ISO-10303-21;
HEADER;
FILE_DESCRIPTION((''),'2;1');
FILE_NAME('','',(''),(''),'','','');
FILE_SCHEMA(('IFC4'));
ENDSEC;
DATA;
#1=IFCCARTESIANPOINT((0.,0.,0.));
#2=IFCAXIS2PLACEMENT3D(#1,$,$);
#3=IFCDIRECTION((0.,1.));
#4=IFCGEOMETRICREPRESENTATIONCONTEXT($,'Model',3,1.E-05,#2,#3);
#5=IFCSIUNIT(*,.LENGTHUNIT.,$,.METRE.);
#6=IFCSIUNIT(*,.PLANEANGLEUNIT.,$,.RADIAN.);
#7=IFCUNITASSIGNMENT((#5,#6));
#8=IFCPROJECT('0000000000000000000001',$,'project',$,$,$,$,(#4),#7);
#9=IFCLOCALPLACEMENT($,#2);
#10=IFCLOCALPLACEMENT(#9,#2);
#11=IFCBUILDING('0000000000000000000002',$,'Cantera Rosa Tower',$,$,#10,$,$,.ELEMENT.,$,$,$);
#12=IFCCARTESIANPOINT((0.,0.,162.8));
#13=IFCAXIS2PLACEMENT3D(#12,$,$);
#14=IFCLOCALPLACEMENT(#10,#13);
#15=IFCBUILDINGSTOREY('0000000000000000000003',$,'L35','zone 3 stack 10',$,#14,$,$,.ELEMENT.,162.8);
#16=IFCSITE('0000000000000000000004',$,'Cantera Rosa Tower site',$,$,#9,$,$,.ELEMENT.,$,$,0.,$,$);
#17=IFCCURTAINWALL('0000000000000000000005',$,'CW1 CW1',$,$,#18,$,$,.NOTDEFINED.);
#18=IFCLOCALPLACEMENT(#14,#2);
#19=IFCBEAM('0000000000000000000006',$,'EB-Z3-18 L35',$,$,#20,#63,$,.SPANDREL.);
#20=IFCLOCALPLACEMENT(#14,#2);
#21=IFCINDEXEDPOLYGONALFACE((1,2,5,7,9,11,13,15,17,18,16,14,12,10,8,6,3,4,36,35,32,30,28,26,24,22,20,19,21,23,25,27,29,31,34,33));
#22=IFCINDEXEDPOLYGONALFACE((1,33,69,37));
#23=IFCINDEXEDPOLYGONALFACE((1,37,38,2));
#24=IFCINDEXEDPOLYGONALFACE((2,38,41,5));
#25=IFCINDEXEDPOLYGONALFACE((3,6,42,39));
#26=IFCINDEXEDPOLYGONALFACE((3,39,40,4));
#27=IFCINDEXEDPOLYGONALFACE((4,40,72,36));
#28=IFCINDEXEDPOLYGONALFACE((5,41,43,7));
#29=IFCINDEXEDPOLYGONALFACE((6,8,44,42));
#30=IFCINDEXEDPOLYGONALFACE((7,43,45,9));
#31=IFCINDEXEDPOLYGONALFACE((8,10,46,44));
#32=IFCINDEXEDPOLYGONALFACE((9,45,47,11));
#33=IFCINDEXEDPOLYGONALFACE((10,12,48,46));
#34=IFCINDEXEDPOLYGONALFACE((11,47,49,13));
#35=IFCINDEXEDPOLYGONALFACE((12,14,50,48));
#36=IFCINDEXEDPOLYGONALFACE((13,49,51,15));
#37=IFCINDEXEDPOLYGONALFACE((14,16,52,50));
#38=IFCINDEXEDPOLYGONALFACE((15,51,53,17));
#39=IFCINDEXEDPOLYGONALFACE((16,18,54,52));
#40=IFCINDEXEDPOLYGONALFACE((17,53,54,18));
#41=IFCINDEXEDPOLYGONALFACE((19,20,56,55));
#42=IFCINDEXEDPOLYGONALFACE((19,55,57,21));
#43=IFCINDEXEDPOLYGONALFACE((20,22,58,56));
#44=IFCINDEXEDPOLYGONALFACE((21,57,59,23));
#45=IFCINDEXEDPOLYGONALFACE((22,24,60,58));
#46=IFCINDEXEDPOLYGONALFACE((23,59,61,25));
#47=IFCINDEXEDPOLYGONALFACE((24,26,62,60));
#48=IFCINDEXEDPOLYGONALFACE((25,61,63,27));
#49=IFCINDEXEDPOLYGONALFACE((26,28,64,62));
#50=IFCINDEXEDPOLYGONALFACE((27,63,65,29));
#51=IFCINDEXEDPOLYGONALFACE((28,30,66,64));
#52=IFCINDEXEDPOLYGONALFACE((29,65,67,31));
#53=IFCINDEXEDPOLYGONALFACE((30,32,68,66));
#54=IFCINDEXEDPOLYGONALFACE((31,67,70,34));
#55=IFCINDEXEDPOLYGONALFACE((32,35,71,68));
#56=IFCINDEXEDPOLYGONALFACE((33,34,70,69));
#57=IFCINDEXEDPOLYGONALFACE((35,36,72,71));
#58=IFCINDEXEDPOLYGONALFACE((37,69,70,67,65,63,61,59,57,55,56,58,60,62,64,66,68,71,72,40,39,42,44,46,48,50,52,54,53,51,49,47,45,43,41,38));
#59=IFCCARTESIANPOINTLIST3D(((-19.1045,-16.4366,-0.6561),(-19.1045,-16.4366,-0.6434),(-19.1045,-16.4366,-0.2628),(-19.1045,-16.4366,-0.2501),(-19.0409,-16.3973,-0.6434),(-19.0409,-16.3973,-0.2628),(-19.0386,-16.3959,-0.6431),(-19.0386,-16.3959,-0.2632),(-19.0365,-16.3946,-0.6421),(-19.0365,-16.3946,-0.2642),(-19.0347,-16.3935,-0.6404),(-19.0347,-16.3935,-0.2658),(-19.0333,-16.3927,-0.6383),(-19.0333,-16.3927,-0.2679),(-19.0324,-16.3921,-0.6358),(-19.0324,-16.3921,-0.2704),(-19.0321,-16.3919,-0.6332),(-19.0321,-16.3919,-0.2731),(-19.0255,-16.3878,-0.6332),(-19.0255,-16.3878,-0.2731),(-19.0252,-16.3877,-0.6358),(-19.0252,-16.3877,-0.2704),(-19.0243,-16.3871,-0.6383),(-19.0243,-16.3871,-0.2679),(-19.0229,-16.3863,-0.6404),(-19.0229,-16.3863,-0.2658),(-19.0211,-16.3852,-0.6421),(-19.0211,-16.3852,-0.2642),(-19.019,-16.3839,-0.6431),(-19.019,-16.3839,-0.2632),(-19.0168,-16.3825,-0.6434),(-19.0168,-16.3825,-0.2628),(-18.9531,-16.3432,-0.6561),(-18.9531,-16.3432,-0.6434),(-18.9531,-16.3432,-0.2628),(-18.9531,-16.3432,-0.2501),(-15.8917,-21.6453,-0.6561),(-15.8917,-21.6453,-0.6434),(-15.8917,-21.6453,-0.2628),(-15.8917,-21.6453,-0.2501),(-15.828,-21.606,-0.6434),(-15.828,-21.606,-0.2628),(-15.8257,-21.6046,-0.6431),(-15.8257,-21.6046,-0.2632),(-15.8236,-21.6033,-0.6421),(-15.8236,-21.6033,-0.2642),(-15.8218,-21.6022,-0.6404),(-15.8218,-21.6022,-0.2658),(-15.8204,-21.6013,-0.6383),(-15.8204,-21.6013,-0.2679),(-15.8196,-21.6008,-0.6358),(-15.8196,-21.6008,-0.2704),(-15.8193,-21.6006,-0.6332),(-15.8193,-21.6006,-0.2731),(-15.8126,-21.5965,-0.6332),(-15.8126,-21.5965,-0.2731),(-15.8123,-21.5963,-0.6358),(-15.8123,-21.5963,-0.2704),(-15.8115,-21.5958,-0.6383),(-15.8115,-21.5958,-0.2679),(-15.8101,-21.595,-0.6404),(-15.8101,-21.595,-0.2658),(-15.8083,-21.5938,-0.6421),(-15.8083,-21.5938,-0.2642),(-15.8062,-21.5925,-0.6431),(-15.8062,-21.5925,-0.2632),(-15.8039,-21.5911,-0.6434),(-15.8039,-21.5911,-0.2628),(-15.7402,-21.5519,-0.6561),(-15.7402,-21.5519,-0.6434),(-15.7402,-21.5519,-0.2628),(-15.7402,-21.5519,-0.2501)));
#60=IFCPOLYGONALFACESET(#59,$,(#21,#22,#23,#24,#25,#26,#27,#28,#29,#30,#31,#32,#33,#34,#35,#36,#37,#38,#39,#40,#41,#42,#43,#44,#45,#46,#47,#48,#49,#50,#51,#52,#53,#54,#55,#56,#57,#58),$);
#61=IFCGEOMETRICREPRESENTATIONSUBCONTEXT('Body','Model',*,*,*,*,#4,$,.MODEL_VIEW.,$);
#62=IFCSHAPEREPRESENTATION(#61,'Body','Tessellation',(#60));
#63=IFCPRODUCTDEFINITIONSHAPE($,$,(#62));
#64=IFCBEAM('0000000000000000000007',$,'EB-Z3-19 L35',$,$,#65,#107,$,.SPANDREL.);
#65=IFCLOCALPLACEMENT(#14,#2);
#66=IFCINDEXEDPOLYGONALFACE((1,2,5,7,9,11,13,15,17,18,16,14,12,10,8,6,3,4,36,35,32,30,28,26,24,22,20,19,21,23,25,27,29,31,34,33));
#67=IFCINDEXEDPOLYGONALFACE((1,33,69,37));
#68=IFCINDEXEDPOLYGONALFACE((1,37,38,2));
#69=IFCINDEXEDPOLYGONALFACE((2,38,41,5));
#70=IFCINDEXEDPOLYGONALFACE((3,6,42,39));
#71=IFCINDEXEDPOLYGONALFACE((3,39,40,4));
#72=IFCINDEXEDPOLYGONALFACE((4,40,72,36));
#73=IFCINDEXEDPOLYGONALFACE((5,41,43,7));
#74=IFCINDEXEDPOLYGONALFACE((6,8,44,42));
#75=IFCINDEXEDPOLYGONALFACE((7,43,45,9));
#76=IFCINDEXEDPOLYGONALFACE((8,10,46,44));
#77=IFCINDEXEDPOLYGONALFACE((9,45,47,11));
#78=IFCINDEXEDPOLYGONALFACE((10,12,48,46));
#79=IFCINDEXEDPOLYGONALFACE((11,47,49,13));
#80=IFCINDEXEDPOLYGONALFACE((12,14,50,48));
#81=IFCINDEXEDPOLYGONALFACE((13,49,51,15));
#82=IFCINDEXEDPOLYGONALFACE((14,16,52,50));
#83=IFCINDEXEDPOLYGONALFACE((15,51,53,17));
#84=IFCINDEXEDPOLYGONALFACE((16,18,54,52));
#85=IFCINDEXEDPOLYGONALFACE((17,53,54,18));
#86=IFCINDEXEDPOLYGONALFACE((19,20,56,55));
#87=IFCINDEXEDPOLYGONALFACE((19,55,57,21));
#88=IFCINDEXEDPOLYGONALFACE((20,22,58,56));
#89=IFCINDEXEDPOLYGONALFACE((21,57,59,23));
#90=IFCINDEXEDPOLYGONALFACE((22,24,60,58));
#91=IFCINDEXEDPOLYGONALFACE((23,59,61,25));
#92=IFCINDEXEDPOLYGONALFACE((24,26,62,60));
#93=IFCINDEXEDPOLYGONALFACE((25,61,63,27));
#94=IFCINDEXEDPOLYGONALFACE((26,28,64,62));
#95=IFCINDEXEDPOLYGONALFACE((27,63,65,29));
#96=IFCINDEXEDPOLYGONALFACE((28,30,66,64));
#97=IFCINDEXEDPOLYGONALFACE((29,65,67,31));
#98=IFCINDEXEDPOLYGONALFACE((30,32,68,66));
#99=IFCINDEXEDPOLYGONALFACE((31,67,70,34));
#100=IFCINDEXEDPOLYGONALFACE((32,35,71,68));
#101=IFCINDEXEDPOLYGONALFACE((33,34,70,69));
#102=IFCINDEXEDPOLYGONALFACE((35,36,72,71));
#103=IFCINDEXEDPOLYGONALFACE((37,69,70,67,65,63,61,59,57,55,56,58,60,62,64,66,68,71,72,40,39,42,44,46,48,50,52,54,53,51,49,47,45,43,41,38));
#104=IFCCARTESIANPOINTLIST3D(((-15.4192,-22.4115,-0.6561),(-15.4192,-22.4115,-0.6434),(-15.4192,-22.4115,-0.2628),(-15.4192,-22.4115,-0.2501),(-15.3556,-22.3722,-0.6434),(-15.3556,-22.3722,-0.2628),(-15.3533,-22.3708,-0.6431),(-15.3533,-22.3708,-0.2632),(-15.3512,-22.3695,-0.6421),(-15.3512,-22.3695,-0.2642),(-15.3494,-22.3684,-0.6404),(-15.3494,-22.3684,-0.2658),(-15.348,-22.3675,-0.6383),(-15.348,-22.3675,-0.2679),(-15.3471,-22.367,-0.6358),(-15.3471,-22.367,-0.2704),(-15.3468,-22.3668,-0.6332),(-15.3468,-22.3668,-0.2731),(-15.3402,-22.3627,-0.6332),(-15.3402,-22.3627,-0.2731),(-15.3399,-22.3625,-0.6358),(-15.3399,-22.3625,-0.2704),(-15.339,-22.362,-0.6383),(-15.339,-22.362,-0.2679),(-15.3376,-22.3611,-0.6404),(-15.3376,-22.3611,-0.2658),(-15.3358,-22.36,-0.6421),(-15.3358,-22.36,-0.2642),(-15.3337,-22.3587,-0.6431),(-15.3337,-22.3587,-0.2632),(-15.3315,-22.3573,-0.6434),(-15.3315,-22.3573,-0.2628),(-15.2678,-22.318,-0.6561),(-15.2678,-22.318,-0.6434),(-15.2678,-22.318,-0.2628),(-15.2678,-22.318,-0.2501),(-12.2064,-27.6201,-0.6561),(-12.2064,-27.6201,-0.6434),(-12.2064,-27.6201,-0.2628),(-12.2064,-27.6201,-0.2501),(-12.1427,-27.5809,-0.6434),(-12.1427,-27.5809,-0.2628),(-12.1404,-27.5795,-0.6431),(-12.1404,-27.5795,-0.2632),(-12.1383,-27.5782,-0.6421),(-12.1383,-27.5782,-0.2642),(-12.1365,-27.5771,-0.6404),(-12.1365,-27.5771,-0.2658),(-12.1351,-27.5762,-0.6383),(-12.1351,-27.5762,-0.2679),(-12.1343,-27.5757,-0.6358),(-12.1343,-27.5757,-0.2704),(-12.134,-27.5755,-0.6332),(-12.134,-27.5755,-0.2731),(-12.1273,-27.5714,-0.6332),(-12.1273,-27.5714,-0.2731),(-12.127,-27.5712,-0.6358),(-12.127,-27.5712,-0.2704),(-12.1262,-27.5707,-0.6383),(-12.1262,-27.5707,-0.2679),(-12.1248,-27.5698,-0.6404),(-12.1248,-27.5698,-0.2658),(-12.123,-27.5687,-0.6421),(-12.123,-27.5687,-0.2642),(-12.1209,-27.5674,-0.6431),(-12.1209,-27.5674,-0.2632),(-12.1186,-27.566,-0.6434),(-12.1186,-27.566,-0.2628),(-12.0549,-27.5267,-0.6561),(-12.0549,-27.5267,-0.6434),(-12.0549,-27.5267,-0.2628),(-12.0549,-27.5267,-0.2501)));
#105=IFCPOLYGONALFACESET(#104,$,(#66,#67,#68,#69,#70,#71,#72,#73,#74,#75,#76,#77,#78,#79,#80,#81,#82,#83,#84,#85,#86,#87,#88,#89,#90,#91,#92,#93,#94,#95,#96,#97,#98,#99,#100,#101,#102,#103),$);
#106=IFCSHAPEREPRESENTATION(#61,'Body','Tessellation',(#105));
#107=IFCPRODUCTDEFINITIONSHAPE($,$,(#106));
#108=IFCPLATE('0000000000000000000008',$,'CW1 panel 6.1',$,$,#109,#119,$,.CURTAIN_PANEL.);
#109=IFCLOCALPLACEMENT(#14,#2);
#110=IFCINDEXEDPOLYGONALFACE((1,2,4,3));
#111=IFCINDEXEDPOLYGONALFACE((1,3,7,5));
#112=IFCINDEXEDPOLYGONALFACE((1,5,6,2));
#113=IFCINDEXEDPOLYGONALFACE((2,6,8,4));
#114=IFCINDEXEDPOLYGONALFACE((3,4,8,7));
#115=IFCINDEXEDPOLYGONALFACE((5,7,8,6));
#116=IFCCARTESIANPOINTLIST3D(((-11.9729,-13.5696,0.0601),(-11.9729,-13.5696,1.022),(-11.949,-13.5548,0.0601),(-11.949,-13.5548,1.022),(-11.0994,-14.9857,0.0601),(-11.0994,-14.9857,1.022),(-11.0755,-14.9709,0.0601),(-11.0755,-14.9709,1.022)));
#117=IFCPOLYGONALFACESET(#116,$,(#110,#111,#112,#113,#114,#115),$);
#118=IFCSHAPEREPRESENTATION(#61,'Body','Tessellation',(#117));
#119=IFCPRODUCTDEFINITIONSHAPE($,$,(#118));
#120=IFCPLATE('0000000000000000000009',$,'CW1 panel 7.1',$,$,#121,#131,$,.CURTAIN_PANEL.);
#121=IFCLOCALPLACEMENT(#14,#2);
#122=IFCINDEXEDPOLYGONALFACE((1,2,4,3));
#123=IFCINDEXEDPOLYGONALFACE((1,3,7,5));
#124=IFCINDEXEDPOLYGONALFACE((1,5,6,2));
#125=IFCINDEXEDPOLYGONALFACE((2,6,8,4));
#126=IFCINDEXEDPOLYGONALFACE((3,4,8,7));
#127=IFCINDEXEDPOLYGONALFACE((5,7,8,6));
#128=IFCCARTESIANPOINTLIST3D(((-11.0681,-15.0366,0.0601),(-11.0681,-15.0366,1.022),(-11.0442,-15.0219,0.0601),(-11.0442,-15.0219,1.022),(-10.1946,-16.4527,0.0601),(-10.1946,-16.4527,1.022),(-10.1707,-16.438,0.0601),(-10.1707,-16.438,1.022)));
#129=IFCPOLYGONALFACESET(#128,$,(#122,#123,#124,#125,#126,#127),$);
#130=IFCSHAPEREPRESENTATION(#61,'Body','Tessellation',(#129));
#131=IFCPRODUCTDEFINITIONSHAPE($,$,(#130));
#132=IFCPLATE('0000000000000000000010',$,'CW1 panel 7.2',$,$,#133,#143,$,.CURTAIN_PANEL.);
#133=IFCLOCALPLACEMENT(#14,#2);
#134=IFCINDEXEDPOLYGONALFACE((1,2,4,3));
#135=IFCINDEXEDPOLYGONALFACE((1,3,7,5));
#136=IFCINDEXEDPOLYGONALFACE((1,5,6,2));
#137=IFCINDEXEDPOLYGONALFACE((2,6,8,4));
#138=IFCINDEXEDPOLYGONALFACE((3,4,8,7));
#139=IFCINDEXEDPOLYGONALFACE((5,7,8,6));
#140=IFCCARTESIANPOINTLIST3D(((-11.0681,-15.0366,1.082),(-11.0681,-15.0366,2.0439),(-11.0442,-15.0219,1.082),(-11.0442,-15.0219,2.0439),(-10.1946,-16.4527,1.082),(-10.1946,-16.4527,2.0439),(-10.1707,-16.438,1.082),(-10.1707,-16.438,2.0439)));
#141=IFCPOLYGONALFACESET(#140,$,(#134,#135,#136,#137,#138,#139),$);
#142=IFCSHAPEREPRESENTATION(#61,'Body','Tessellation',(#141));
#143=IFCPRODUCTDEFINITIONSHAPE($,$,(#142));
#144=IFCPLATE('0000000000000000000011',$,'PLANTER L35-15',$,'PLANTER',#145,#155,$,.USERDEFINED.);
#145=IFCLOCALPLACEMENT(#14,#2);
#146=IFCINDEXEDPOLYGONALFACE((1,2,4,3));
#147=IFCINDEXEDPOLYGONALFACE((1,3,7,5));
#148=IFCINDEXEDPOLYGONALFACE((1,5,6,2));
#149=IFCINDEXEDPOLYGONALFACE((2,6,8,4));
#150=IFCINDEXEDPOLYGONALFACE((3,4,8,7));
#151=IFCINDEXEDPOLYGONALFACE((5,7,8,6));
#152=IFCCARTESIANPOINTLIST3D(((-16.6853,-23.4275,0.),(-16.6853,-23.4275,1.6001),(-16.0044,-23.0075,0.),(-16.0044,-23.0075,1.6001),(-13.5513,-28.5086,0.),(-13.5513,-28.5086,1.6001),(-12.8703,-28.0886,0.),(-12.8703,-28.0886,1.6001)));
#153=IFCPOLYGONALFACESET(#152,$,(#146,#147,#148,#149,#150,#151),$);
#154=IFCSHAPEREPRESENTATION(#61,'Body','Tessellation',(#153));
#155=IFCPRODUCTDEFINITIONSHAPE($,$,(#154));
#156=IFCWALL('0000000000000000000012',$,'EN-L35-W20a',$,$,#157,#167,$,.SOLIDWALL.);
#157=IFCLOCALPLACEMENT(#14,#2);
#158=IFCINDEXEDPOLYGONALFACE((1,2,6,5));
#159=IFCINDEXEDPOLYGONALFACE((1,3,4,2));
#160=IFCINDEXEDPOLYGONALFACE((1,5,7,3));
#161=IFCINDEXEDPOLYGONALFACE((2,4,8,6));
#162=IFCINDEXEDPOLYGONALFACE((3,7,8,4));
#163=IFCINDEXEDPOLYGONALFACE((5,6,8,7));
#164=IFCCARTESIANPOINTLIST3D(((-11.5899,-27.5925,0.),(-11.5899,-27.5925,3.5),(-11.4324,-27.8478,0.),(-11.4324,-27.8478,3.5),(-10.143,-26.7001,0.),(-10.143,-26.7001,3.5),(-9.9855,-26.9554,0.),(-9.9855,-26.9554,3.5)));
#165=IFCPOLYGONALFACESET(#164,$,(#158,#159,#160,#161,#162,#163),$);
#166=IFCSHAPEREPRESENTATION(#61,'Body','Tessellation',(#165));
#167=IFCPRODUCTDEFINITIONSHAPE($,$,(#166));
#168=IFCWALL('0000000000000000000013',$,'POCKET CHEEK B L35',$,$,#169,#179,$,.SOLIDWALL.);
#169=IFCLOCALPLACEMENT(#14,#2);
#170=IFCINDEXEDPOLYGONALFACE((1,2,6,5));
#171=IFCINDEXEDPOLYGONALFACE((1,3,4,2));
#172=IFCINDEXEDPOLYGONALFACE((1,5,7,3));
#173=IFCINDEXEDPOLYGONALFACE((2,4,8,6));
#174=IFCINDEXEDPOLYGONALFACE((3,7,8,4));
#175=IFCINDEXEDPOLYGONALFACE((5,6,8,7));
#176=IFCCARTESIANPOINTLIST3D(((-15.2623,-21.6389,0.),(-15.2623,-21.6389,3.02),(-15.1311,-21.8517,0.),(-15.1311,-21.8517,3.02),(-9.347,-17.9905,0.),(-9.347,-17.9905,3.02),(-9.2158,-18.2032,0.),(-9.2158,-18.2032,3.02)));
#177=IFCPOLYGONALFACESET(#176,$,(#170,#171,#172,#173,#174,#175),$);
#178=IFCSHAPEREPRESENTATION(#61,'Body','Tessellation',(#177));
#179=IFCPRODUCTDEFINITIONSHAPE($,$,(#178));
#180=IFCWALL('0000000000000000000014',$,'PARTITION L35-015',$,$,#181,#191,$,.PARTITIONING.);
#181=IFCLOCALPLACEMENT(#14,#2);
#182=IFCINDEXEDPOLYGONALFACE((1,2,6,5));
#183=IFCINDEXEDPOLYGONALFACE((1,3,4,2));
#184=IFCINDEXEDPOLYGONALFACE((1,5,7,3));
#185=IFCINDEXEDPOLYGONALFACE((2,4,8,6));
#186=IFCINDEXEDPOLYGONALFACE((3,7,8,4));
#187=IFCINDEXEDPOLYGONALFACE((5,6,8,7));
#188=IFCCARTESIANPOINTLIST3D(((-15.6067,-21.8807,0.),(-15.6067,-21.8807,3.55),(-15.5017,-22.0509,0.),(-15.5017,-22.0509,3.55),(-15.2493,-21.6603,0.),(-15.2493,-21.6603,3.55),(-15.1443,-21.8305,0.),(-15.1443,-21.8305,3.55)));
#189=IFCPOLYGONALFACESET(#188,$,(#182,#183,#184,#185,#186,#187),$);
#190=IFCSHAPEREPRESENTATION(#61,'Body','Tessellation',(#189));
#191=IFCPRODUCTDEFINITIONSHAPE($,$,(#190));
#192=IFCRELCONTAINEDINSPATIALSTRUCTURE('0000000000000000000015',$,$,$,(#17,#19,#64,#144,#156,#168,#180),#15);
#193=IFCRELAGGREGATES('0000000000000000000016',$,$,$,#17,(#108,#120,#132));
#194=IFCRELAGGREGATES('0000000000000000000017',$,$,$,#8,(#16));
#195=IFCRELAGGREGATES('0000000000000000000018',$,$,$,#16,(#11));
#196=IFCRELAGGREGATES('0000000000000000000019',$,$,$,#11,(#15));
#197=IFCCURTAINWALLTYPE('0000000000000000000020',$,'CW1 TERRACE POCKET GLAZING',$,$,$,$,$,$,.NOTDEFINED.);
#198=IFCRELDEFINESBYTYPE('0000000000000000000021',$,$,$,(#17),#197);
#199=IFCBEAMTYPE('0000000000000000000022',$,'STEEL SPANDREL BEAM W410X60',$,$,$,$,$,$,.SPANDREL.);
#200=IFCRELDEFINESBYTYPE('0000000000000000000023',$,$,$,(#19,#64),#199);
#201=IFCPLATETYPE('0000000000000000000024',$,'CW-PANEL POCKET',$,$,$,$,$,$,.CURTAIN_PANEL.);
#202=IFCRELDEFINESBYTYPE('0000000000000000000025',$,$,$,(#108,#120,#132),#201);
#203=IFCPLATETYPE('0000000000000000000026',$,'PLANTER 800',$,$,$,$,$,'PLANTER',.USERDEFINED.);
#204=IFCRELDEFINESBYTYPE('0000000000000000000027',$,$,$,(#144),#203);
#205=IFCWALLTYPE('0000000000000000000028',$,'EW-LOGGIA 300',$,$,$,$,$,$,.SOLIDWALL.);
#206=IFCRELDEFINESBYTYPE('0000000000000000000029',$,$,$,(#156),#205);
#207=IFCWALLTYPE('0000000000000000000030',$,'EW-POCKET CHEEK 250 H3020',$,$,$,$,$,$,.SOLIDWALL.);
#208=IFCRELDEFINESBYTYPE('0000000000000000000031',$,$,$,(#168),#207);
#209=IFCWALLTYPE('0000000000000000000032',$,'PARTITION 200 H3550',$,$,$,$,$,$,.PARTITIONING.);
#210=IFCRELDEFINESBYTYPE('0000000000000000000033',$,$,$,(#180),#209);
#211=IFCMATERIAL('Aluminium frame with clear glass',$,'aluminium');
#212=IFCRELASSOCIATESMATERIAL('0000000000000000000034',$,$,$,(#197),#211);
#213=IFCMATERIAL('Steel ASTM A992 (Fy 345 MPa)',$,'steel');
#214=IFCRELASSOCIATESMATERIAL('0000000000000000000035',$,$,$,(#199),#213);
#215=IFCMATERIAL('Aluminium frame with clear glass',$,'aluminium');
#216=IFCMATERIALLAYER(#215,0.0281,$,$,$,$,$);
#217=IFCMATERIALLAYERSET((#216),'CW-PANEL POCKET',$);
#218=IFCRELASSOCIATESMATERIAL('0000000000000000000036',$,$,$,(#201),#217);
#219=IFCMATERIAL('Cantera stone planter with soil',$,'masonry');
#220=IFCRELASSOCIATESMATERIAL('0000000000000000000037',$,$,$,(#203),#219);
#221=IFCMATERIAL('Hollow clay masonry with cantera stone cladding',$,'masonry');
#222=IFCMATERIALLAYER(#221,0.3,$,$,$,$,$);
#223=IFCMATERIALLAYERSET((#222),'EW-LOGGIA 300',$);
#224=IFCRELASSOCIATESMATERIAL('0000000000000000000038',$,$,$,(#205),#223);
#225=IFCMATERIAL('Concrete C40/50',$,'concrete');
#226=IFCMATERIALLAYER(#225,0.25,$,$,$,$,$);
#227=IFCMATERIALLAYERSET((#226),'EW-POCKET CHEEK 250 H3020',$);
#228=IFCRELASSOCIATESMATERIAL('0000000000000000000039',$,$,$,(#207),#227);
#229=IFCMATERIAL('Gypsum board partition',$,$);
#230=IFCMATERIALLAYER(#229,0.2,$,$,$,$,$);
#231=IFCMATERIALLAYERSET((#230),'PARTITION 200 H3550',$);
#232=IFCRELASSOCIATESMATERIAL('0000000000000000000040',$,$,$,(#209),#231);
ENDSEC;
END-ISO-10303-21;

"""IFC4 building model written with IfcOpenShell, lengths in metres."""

from ifc_helpers import new_model, si_unit, direction, frame, frame_2d, origin, origin_2d, place, context, subcontext, project, spatial, rectangle, i_section, extrude, material, layer, layer_set, material_profile, profile_set, type_object, element, aggregate, save


model = new_model("IFC4")

# Units and contexts
model_context = context("Model", 3, precision=1e-05, world=origin(), true_north=direction((0.0, 1.0)))
body_context = subcontext(model_context, "Body", "Model", "MODEL_VIEW")
ifc_project = project(units=[si_unit("LENGTHUNIT", "METRE"), si_unit("PLANEANGLEUNIT", "RADIAN")], contexts=[model_context])

# Site, building, storey
site_placement = place(None, origin())
site = spatial("IfcSite", under=ifc_project, at=site_placement, Name="Cantera Rosa Tower site", CompositionType="ELEMENT", RefElevation=0.0)
building_placement = place(site_placement, origin())
building = spatial("IfcBuilding", under=site, at=building_placement, Name="Cantera Rosa Tower", CompositionType="ELEMENT")
storey_placement = place(building_placement, frame((0.0, 0.0, 162.8)))
storey = spatial("IfcBuildingStorey", under=building, at=storey_placement, Name="L35", Description="zone 3 stack 10", CompositionType="ELEMENT", Elevation=162.8)

# Curtain wall
ifc_material_1 = material(Name="Aluminium frame with clear glass", Category="aluminium")
curtain_wall_type = type_object("IfcCurtainWallType", Name="CW1 TERRACE POCKET GLAZING", PredefinedType="NOTDEFINED", material=ifc_material_1)
curtain_wall_placement = place(storey_placement, origin())
curtain_wall = element("IfcCurtainWall", 1, at=curtain_wall_placement, inside=storey, type_object=curtain_wall_type, Name="CW1 CW1", PredefinedType="NOTDEFINED")

# Beams
ifc_material_2 = material(Name="Steel ASTM A992 (Fy 345 MPa)", Category="steel")
ifc_material_profile_1 = material_profile(ifc_material_2, i_section(OverallWidth=0.178, OverallDepth=0.406, WebThickness=0.0078, FlangeThickness=0.0127, FilletRadius=0.0103, at=origin_2d()), Name="W410X60")
ifc_profile_set_1 = profile_set([ifc_material_profile_1], Name="Steel ASTM A992 (Fy 345 MPa)")
beam_type_1 = type_object("IfcBeamType", Name="STEEL SPANDREL BEAM W410X60", PredefinedType="SPANDREL", material=ifc_profile_set_1)
for number, where, z_axis, x_axis, name in (
    (2, (-19.0288, -16.3899, -0.4531), (0.524987, -0.85111, 0.0), (0.85111, 0.524987, 0.0), "EB-Z3-18 L35"),
    (3, (-15.3435, -22.3647, -0.4531), (0.524987, -0.85111, 0.0), (0.85111, 0.524987, 0.0), "EB-Z3-19 L35"),
):
    element("IfcBeam", number, at=place(storey_placement, frame(where, z_axis=z_axis, x_axis=x_axis)), inside=storey, type_object=beam_type_1, Name=name, PredefinedType="SPANDREL", context=body_context, shape_type="SweptSolid", body=[
        extrude(i_section(OverallWidth=0.178, OverallDepth=0.406, WebThickness=0.0078, FlangeThickness=0.0127, FilletRadius=0.0103, at=origin_2d()), origin(), (0.0, 0.0, 1.0), 6.1199),
    ])

# Plates
ifc_material_3 = material(Name="Aluminium frame with clear glass", Category="aluminium")
ifc_layer_1 = layer(ifc_material_3, 0.0281)
ifc_layer_set_1 = layer_set([ifc_layer_1], Name="CW-PANEL POCKET")
plate_type_1 = type_object("IfcPlateType", Name="CW-PANEL POCKET", PredefinedType="CURTAIN_PANEL", material=ifc_layer_set_1)
plate_1_placement = place(storey_placement, frame((-11.5242, -14.2703, 0.0601), z_axis=(0.0, 0.0, 1.0), x_axis=(0.524977, -0.851117, 0.0)))
plate_1 = element("IfcPlate", 4, at=plate_1_placement, type_object=plate_type_1, Name="CW1 panel 6.1", PredefinedType="CURTAIN_PANEL", context=body_context, shape_type="SweptSolid", body=[
    extrude(rectangle(XDim=1.6638, YDim=0.0281, at=origin_2d()), origin(), (0.0, 0.0, 1.0), 0.9619),
])
plate_2_placement = place(storey_placement, frame((-10.6194, -15.7373, 0.0601), z_axis=(0.0, 0.0, 1.0), x_axis=(0.524977, -0.851117, 0.0)))
plate_2 = element("IfcPlate", 5, at=plate_2_placement, type_object=plate_type_1, Name="CW1 panel 7.1", PredefinedType="CURTAIN_PANEL", context=body_context, shape_type="SweptSolid", body=[
    extrude(rectangle(XDim=1.6638, YDim=0.0281, at=origin_2d()), origin(), (0.0, 0.0, 1.0), 0.9619),
])
plate_3_placement = place(storey_placement, frame((-10.6194, -15.7373, 1.082), z_axis=(0.0, 0.0, 1.0), x_axis=(0.524977, -0.851117, 0.0)))
plate_3 = element("IfcPlate", 6, at=plate_3_placement, type_object=plate_type_1, Name="CW1 panel 7.2", PredefinedType="CURTAIN_PANEL", context=body_context, shape_type="SweptSolid", body=[
    extrude(rectangle(XDim=1.6638, YDim=0.0281, at=origin_2d()), origin(), (0.0, 0.0, 1.0), 0.9619),
])
aggregate(curtain_wall, [plate_1, plate_2, plate_3])
ifc_material_4 = material(Name="Cantera stone planter with soil", Category="masonry")
plate_type_2 = type_object("IfcPlateType", Name="PLANTER 800", ElementType="PLANTER", PredefinedType="USERDEFINED", material=ifc_material_4)
plate_4_placement = place(storey_placement, frame((-14.7778, -25.7581, 0.0), z_axis=(0.0, 0.0, 1.0), x_axis=(0.524977, -0.851117, 0.0)))
element("IfcPlate", 7, at=plate_4_placement, inside=storey, type_object=plate_type_2, Name="PLANTER L35-15", ObjectType="PLANTER", PredefinedType="USERDEFINED", context=body_context, shape_type="SweptSolid", body=[
    extrude(rectangle(XDim=5.97, YDim=0.8, at=origin_2d()), origin(), (0.0, 0.0, 1.0), 1.6001),
])

# Wall
ifc_material_5 = material(Name="Hollow clay masonry with cantera stone cladding", Category="masonry")
ifc_layer_2 = layer(ifc_material_5, 0.3)
ifc_layer_set_2 = layer_set([ifc_layer_2], Name="EW-LOGGIA 300")
wall_type_1 = type_object("IfcWallType", Name="EW-LOGGIA 300", PredefinedType="SOLIDWALL", material=ifc_layer_set_2)
wall_1_placement = place(storey_placement, frame((-11.5112, -27.7202, 0.0), z_axis=(0.0, 0.0, 1.0), x_axis=(0.85113, 0.524955, 0.0)))
element("IfcWall", 8, at=wall_1_placement, inside=storey, type_object=wall_type_1, Name="EN-L35-W20a", PredefinedType="SOLIDWALL", context=body_context, shape_type="SweptSolid", body=[
    extrude(rectangle(XDim=1.7, YDim=0.3, at=frame_2d((0.8501, 0.0))), origin(), (0.0, 0.0, 1.0), 3.5),
])

# Walls
ifc_material_6 = material(Name="Concrete C40/50", Category="concrete")
ifc_layer_3 = layer(ifc_material_6, 0.25)
ifc_layer_set_3 = layer_set([ifc_layer_3], Name="EW-POCKET CHEEK 250 H3020")
wall_type_2 = type_object("IfcWallType", Name="EW-POCKET CHEEK 250 H3020", PredefinedType="SOLIDWALL", material=ifc_layer_set_3)
wall_2_placement = place(storey_placement, frame((-15.1968, -21.7454, 0.0), z_axis=(0.0, 0.0, 1.0), x_axis=(0.851127, 0.52496, 0.0)))
element("IfcWall", 9, at=wall_2_placement, inside=storey, type_object=wall_type_2, Name="POCKET CHEEK B L35", PredefinedType="SOLIDWALL", context=body_context, shape_type="SweptSolid", body=[
    extrude(rectangle(XDim=6.95, YDim=0.25, at=frame_2d((3.4751, 0.0))), origin(), (0.0, 0.0, 1.0), 3.02),
])
ifc_material_7 = material(Name="Gypsum board partition")
ifc_layer_4 = layer(ifc_material_7, 0.2)
ifc_layer_set_4 = layer_set([ifc_layer_4], Name="PARTITION 200 H3550")
wall_type_3 = type_object("IfcWallType", Name="PARTITION 200 H3550", PredefinedType="PARTITIONING", material=ifc_layer_set_4)
wall_3_placement = place(storey_placement, frame((-15.5542, -21.9658, 0.0), z_axis=(0.0, 0.0, 1.0), x_axis=(0.851119, 0.524973, 0.0)))
element("IfcWall", 10, at=wall_3_placement, inside=storey, type_object=wall_type_3, Name="PARTITION L35-015", PredefinedType="PARTITIONING", context=body_context, shape_type="SweptSolid", body=[
    extrude(rectangle(XDim=0.4199, YDim=0.2, at=frame_2d((0.21, 0.0))), origin(), (0.0, 0.0, 1.0), 3.55),
])

save(model, "model.ifc")
